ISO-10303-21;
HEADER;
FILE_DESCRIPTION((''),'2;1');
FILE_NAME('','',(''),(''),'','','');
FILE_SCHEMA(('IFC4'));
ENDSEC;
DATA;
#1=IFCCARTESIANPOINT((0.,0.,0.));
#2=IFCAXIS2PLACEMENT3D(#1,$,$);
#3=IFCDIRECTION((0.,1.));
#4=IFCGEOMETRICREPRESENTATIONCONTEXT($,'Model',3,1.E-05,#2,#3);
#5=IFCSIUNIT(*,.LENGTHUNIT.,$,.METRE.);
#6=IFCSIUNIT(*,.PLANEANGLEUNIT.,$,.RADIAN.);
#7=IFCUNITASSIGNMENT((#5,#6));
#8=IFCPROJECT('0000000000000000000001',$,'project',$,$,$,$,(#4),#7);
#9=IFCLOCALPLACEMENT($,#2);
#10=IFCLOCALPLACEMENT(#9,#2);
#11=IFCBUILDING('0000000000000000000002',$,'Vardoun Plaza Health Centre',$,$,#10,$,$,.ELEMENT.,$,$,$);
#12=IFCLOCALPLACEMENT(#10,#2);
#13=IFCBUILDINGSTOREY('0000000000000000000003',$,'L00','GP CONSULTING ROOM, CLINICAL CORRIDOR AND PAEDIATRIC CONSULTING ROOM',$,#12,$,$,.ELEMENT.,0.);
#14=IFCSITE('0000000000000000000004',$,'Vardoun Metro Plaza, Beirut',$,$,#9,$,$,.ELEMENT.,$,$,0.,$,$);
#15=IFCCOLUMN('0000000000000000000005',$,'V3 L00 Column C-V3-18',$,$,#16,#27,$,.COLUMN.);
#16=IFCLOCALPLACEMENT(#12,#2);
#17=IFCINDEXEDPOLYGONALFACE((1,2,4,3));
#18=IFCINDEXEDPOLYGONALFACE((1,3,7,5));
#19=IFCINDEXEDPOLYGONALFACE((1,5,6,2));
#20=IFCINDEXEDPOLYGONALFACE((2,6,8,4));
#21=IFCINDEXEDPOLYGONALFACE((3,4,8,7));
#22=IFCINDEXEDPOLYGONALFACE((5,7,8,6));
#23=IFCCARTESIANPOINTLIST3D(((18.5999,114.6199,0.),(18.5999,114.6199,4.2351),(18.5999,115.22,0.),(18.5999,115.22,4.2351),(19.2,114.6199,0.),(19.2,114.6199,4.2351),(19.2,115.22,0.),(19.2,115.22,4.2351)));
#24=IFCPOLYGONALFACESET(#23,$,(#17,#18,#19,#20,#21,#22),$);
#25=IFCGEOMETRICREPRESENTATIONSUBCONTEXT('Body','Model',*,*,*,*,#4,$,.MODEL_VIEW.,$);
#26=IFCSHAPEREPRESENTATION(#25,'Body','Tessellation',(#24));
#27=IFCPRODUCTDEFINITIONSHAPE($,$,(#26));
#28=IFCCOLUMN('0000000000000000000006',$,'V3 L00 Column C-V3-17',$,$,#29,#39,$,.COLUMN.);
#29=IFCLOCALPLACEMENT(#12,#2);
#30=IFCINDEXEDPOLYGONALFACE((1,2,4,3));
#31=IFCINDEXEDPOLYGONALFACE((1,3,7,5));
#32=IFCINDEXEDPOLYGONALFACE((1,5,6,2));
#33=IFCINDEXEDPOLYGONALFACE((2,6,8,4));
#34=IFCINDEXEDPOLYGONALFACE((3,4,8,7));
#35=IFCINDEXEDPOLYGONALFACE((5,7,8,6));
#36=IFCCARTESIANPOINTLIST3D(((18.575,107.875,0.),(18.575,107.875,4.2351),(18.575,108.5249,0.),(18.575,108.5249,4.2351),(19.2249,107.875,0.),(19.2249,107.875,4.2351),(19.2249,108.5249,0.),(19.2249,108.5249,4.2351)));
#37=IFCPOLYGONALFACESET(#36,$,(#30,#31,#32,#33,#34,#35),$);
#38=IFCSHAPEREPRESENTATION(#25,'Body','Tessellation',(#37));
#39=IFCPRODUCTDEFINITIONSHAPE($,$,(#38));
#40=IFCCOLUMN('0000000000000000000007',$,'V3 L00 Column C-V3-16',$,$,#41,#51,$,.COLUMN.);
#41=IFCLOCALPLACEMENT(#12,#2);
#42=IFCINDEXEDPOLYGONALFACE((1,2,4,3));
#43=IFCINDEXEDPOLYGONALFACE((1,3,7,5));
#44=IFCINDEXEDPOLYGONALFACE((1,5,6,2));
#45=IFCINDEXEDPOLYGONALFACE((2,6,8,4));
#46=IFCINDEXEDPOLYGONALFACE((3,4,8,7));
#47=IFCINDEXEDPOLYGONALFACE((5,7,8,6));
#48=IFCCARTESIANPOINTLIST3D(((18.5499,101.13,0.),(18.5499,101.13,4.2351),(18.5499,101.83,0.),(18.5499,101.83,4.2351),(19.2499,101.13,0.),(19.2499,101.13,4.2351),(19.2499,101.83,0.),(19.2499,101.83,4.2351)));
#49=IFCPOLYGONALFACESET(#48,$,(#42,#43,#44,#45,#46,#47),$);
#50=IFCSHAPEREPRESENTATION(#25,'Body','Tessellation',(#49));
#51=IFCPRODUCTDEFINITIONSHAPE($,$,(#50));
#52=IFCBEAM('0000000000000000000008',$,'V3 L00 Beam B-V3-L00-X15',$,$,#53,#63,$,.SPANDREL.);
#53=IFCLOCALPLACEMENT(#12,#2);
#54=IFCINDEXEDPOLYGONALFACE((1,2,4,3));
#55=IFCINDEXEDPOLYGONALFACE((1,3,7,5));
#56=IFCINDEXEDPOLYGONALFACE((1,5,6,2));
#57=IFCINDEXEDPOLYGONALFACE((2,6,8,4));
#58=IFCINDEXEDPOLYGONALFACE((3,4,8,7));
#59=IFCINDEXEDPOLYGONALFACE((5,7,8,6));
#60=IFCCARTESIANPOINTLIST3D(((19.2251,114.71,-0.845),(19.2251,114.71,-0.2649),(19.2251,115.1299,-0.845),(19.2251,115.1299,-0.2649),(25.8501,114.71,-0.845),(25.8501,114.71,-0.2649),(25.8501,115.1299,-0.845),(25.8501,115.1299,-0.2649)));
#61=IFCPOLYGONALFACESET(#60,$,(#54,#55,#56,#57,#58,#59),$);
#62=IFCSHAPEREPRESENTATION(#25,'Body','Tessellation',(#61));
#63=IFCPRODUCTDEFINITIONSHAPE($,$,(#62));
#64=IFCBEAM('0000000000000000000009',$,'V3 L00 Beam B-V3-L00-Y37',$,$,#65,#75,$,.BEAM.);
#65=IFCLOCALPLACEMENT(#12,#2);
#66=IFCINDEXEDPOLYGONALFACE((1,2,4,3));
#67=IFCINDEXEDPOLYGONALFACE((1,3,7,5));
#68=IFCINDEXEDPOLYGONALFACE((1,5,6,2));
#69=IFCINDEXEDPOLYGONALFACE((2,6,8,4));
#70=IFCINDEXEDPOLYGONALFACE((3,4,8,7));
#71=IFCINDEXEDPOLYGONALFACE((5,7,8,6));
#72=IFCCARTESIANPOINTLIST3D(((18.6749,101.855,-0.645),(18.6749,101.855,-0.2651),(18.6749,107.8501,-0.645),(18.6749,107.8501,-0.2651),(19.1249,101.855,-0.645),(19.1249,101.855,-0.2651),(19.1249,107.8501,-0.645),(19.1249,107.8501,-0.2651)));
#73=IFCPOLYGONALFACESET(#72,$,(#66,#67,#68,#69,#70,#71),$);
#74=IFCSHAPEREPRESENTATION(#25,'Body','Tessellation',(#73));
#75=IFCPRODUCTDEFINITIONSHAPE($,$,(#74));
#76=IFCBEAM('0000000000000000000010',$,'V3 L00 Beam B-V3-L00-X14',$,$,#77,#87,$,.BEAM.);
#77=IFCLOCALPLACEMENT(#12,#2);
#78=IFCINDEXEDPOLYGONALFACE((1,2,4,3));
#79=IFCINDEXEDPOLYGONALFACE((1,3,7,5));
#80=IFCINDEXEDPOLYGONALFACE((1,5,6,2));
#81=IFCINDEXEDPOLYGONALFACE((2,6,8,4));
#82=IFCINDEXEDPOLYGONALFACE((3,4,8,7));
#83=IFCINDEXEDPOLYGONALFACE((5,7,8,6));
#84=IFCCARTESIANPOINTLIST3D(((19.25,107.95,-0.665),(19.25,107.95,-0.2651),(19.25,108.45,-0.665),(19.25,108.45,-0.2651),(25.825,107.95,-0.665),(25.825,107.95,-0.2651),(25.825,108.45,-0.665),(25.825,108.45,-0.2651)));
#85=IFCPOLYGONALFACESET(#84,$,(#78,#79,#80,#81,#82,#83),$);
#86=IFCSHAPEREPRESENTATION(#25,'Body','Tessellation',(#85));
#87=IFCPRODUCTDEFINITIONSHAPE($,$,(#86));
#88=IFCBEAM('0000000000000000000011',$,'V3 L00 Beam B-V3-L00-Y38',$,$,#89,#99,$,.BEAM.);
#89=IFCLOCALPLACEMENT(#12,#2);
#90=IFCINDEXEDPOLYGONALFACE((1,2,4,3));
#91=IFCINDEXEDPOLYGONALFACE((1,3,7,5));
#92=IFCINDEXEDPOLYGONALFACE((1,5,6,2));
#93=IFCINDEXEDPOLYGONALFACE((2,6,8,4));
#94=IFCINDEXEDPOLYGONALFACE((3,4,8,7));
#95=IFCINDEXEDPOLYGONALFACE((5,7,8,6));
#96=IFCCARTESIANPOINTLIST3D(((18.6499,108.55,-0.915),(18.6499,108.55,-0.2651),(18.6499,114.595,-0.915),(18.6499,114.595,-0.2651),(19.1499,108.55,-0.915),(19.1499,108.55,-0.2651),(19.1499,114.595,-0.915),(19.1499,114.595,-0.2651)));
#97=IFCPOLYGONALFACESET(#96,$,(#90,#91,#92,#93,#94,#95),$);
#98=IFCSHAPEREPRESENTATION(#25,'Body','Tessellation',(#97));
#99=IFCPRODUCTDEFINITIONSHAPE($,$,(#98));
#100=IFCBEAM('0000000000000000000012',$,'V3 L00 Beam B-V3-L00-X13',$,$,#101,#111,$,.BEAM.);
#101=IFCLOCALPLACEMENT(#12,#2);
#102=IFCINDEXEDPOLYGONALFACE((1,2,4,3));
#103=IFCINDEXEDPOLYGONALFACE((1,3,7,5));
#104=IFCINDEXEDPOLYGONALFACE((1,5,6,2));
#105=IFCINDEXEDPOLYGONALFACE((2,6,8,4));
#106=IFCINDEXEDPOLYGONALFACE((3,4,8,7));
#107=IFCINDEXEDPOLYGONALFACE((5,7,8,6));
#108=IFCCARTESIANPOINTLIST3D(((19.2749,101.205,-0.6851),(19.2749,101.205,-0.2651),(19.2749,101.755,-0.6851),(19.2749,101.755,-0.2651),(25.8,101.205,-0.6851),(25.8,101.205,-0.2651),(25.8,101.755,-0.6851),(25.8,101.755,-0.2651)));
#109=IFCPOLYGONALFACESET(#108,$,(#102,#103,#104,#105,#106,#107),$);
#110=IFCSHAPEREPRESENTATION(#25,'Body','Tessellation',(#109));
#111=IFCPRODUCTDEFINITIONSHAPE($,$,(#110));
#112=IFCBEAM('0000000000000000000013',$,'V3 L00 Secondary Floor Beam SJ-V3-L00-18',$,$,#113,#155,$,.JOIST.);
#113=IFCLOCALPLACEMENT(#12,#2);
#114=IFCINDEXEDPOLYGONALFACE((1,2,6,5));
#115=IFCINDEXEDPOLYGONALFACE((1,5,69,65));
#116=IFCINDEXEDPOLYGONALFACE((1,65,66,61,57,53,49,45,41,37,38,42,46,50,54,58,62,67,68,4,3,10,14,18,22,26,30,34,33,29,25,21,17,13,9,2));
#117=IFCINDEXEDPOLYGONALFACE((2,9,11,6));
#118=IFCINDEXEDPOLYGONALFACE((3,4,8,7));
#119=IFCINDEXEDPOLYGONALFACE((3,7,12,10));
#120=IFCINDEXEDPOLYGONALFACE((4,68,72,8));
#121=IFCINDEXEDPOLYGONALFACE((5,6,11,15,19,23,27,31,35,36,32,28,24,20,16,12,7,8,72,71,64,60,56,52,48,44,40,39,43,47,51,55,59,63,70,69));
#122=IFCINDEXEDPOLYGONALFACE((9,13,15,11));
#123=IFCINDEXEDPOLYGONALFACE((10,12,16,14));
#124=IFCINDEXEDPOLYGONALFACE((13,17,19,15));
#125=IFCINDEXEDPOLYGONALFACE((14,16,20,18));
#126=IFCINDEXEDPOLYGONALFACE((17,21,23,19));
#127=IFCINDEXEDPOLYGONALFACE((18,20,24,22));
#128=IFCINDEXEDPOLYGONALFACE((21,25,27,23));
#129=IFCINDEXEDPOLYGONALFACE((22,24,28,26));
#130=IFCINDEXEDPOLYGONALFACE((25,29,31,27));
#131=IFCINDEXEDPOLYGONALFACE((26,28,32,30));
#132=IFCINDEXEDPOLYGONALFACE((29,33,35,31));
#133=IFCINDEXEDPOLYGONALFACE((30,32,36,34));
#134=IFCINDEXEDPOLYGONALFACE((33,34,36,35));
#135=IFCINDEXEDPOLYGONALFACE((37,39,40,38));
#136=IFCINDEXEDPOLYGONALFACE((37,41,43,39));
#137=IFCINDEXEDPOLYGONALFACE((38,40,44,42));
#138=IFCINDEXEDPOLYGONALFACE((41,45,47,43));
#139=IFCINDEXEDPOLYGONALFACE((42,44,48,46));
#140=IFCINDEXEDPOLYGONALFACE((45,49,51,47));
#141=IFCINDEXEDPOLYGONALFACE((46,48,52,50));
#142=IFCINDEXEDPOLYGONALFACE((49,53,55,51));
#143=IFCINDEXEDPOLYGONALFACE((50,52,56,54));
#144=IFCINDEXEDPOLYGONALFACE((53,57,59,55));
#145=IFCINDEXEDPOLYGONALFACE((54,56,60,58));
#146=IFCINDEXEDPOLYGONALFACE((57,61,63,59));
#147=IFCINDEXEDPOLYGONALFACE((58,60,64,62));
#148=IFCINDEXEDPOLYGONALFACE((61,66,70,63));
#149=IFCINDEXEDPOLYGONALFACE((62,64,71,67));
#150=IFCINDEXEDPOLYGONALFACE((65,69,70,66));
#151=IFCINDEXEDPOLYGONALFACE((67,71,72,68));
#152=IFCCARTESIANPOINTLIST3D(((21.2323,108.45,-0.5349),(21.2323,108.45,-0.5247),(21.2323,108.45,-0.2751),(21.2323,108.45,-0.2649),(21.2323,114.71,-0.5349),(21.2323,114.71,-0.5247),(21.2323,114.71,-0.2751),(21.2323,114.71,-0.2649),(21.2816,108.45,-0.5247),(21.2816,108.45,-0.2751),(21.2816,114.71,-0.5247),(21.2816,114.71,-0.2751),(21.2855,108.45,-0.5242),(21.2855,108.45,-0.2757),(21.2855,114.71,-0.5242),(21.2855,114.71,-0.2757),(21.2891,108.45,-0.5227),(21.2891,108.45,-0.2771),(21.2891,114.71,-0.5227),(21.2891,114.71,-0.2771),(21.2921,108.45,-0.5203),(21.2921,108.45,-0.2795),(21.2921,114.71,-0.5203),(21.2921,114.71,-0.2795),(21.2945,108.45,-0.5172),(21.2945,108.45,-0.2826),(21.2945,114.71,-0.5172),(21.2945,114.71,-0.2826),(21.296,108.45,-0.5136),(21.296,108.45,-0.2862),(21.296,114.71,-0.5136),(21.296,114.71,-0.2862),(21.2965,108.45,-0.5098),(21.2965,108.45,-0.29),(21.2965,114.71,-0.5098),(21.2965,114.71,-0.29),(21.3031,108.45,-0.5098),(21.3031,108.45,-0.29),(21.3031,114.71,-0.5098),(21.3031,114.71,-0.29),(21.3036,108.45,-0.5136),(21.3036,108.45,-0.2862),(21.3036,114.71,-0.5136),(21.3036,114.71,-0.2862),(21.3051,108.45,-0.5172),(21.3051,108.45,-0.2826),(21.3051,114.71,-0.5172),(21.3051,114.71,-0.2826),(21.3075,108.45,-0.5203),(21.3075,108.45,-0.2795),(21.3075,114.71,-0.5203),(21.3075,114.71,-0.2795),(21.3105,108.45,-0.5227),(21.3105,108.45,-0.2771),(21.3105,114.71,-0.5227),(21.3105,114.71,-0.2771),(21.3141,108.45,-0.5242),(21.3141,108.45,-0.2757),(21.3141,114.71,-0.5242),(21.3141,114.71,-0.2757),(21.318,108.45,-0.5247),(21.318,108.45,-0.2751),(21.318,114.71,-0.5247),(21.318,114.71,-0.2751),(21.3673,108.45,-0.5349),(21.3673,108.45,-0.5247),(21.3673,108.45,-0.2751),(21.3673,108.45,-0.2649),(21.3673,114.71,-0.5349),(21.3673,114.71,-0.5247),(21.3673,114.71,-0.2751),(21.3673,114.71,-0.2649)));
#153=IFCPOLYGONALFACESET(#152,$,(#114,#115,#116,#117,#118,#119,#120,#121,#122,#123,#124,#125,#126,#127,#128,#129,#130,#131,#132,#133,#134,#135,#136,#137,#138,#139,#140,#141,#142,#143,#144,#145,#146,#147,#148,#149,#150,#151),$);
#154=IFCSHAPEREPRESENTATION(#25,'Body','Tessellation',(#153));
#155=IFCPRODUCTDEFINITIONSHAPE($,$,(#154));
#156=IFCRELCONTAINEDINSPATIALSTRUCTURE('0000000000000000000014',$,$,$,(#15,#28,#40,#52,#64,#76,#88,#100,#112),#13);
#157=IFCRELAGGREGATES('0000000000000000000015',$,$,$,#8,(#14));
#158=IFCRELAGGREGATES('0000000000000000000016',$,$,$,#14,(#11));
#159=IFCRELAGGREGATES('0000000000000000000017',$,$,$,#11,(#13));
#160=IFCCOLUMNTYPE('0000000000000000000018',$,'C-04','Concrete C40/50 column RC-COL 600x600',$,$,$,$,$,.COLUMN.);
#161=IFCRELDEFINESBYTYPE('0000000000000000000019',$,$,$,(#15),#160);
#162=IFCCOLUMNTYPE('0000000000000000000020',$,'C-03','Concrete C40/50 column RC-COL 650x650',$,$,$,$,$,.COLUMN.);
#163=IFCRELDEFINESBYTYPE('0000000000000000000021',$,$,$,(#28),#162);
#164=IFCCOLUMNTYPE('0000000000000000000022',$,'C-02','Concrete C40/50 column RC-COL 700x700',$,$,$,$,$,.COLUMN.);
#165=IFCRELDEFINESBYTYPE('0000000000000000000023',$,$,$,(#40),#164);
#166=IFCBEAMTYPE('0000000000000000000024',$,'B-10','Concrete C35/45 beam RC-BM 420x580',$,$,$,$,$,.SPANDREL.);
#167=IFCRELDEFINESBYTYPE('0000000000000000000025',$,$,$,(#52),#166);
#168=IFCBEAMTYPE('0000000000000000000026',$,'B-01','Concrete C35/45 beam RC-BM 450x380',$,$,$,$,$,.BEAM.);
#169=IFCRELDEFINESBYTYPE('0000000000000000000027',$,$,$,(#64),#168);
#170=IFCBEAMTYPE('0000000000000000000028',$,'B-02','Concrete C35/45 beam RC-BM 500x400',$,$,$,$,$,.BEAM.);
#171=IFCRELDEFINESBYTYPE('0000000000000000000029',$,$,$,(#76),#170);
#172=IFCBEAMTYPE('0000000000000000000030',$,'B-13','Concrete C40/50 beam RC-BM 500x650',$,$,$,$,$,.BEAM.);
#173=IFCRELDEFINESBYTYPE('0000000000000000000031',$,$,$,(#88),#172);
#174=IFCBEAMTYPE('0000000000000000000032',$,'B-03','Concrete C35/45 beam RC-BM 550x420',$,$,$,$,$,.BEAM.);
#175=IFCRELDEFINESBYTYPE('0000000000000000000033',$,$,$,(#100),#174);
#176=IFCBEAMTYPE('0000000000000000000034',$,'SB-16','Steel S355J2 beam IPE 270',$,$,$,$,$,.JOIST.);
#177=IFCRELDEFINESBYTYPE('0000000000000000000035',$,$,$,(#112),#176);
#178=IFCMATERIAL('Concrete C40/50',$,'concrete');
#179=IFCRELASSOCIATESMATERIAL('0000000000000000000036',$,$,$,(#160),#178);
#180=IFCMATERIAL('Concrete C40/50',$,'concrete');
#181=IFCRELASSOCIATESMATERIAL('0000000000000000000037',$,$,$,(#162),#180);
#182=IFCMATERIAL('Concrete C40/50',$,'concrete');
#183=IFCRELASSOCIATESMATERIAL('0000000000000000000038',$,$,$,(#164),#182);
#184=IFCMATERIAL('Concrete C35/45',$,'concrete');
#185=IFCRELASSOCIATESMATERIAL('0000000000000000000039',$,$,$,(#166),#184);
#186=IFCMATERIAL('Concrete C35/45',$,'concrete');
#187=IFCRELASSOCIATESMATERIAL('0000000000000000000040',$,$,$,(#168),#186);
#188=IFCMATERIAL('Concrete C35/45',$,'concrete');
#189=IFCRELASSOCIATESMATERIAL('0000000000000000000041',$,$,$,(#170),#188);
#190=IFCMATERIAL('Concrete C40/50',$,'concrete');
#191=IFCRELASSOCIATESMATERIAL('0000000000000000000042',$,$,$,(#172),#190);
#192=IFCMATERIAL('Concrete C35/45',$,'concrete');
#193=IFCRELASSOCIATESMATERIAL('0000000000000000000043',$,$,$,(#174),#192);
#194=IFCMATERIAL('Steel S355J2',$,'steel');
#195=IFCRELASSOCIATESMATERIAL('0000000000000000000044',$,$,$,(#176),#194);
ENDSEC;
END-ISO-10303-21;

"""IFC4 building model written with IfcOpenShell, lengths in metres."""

from ifc_helpers import new_model, si_unit, direction, frame, origin, origin_2d, place, context, subcontext, project, spatial, rectangle, i_section, extrude, material, material_profile, profile_set, type_object, element, save


model = new_model("IFC4")

# Units and contexts
model_context = context("Model", 3, precision=1e-05, world=origin(), true_north=direction((0.0, 1.0)))
body_context = subcontext(model_context, "Body", "Model", "MODEL_VIEW")
ifc_project = project(units=[si_unit("LENGTHUNIT", "METRE"), si_unit("PLANEANGLEUNIT", "RADIAN")], contexts=[model_context])

# Site, building, storey
site_placement = place(None, origin())
site = spatial("IfcSite", under=ifc_project, at=site_placement, Name="Vardoun Metro Plaza, Beirut", CompositionType="ELEMENT", RefElevation=0.0)
building_placement = place(site_placement, origin())
building = spatial("IfcBuilding", under=site, at=building_placement, Name="Vardoun Plaza Health Centre", CompositionType="ELEMENT")
storey_placement = place(building_placement, origin())
storey = spatial("IfcBuildingStorey", under=building, at=storey_placement, Name="L00", Description="GP CONSULTING ROOM, CLINICAL CORRIDOR AND PAEDIATRIC CONSULTING ROOM", CompositionType="ELEMENT", Elevation=0.0)

# Columns
ifc_material_1 = material(Name="Concrete C40/50", Category="concrete")
ifc_material_profile_1 = material_profile(ifc_material_1, rectangle(XDim=0.6001, YDim=0.6001, at=origin_2d()), Name="RC-COL 600x600")
ifc_profile_set_1 = profile_set([ifc_material_profile_1], Name="Concrete C40/50")
column_type_1 = type_object("IfcColumnType", Name="C-04", Description="Concrete C40/50 column RC-COL 600x600", PredefinedType="COLUMN", material=ifc_profile_set_1)
column_1_placement = place(storey_placement, frame((18.8999, 114.9199, 0.0), z_axis=(0.0, 0.0, 1.0), x_axis=(1.0, 0.0, 0.0)))
element("IfcColumn", 1, at=column_1_placement, inside=storey, type_object=column_type_1, Name="V3 L00 Column C-V3-18", PredefinedType="COLUMN", context=body_context, shape_type="SweptSolid", body=[
    extrude(rectangle(XDim=0.6001, YDim=0.6001, at=origin_2d()), origin(), (0.0, 0.0, 1.0), 4.2351),
])
ifc_material_2 = material(Name="Concrete C40/50", Category="concrete")
ifc_material_profile_2 = material_profile(ifc_material_2, rectangle(XDim=0.6499, YDim=0.6499, at=origin_2d()), Name="RC-COL 650x650")
ifc_profile_set_2 = profile_set([ifc_material_profile_2], Name="Concrete C40/50")
column_type_2 = type_object("IfcColumnType", Name="C-03", Description="Concrete C40/50 column RC-COL 650x650", PredefinedType="COLUMN", material=ifc_profile_set_2)
column_2_placement = place(storey_placement, frame((18.8999, 108.2, 0.0), z_axis=(0.0, 0.0, 1.0), x_axis=(1.0, 0.0, 0.0)))
element("IfcColumn", 2, at=column_2_placement, inside=storey, type_object=column_type_2, Name="V3 L00 Column C-V3-17", PredefinedType="COLUMN", context=body_context, shape_type="SweptSolid", body=[
    extrude(rectangle(XDim=0.6499, YDim=0.6499, at=origin_2d()), origin(), (0.0, 0.0, 1.0), 4.2351),
])
ifc_material_3 = material(Name="Concrete C40/50", Category="concrete")
ifc_material_profile_3 = material_profile(ifc_material_3, rectangle(XDim=0.7, YDim=0.7, at=origin_2d()), Name="RC-COL 700x700")
ifc_profile_set_3 = profile_set([ifc_material_profile_3], Name="Concrete C40/50")
column_type_3 = type_object("IfcColumnType", Name="C-02", Description="Concrete C40/50 column RC-COL 700x700", PredefinedType="COLUMN", material=ifc_profile_set_3)
column_3_placement = place(storey_placement, frame((18.8999, 101.48, 0.0), z_axis=(0.0, 0.0, 1.0), x_axis=(1.0, 0.0, 0.0)))
element("IfcColumn", 3, at=column_3_placement, inside=storey, type_object=column_type_3, Name="V3 L00 Column C-V3-16", PredefinedType="COLUMN", context=body_context, shape_type="SweptSolid", body=[
    extrude(rectangle(XDim=0.7, YDim=0.7, at=origin_2d()), origin(), (0.0, 0.0, 1.0), 4.2351),
])

# Beams
ifc_material_4 = material(Name="Concrete C35/45", Category="concrete")
ifc_material_profile_4 = material_profile(ifc_material_4, rectangle(XDim=0.4199, YDim=0.5801, at=origin_2d()), Name="RC-BM 420x580")
ifc_profile_set_4 = profile_set([ifc_material_profile_4], Name="Concrete C35/45")
beam_type_1 = type_object("IfcBeamType", Name="B-10", Description="Concrete C35/45 beam RC-BM 420x580", PredefinedType="SPANDREL", material=ifc_profile_set_4)
beam_1_placement = place(storey_placement, frame((19.2251, 114.9199, -0.5549), z_axis=(1.0, 0.0, 0.0), x_axis=(0.0, 1.0, 0.0)))
element("IfcBeam", 4, at=beam_1_placement, inside=storey, type_object=beam_type_1, Name="V3 L00 Beam B-V3-L00-X15", PredefinedType="SPANDREL", context=body_context, shape_type="SweptSolid", body=[
    extrude(rectangle(XDim=0.4199, YDim=0.5801, at=origin_2d()), origin(), (0.0, 0.0, 1.0), 6.625),
])
ifc_material_5 = material(Name="Concrete C35/45", Category="concrete")
ifc_material_profile_5 = material_profile(ifc_material_5, rectangle(XDim=0.45, YDim=0.3799, at=origin_2d()), Name="RC-BM 450x380")
ifc_profile_set_5 = profile_set([ifc_material_profile_5], Name="Concrete C35/45")
beam_type_2 = type_object("IfcBeamType", Name="B-01", Description="Concrete C35/45 beam RC-BM 450x380", PredefinedType="BEAM", material=ifc_profile_set_5)
beam_2_placement = place(storey_placement, frame((18.8999, 101.855, -0.4551), z_axis=(0.0, 1.0, 0.0), x_axis=(-1.0, 0.0, 0.0)))
element("IfcBeam", 5, at=beam_2_placement, inside=storey, type_object=beam_type_2, Name="V3 L00 Beam B-V3-L00-Y37", PredefinedType="BEAM", context=body_context, shape_type="SweptSolid", body=[
    extrude(rectangle(XDim=0.45, YDim=0.3799, at=origin_2d()), origin(), (0.0, 0.0, 1.0), 5.9951),
])
ifc_material_6 = material(Name="Concrete C35/45", Category="concrete")
ifc_material_profile_6 = material_profile(ifc_material_6, rectangle(XDim=0.5, YDim=0.3999, at=origin_2d()), Name="RC-BM 500x400")
ifc_profile_set_6 = profile_set([ifc_material_profile_6], Name="Concrete C35/45")
beam_type_3 = type_object("IfcBeamType", Name="B-02", Description="Concrete C35/45 beam RC-BM 500x400", PredefinedType="BEAM", material=ifc_profile_set_6)
beam_3_placement = place(storey_placement, frame((19.25, 108.2, -0.4651), z_axis=(1.0, 0.0, 0.0), x_axis=(0.0, 1.0, 0.0)))
element("IfcBeam", 6, at=beam_3_placement, inside=storey, type_object=beam_type_3, Name="V3 L00 Beam B-V3-L00-X14", PredefinedType="BEAM", context=body_context, shape_type="SweptSolid", body=[
    extrude(rectangle(XDim=0.5, YDim=0.3999, at=origin_2d()), origin(), (0.0, 0.0, 1.0), 6.575),
])
ifc_material_7 = material(Name="Concrete C40/50", Category="concrete")
ifc_material_profile_7 = material_profile(ifc_material_7, rectangle(XDim=0.5, YDim=0.6499, at=origin_2d()), Name="RC-BM 500x650")
ifc_profile_set_7 = profile_set([ifc_material_profile_7], Name="Concrete C40/50")
beam_type_4 = type_object("IfcBeamType", Name="B-13", Description="Concrete C40/50 beam RC-BM 500x650", PredefinedType="BEAM", material=ifc_profile_set_7)
beam_4_placement = place(storey_placement, frame((18.8999, 108.55, -0.5901), z_axis=(0.0, 1.0, 0.0), x_axis=(-1.0, 0.0, 0.0)))
element("IfcBeam", 7, at=beam_4_placement, inside=storey, type_object=beam_type_4, Name="V3 L00 Beam B-V3-L00-Y38", PredefinedType="BEAM", context=body_context, shape_type="SweptSolid", body=[
    extrude(rectangle(XDim=0.5, YDim=0.6499, at=origin_2d()), origin(), (0.0, 0.0, 1.0), 6.0449),
])
ifc_material_8 = material(Name="Concrete C35/45", Category="concrete")
ifc_material_profile_8 = material_profile(ifc_material_8, rectangle(XDim=0.55, YDim=0.4199, at=origin_2d()), Name="RC-BM 550x420")
ifc_profile_set_8 = profile_set([ifc_material_profile_8], Name="Concrete C35/45")
beam_type_5 = type_object("IfcBeamType", Name="B-03", Description="Concrete C35/45 beam RC-BM 550x420", PredefinedType="BEAM", material=ifc_profile_set_8)
beam_5_placement = place(storey_placement, frame((19.2749, 101.48, -0.4751), z_axis=(1.0, 0.0, 0.0), x_axis=(0.0, 1.0, 0.0)))
element("IfcBeam", 8, at=beam_5_placement, inside=storey, type_object=beam_type_5, Name="V3 L00 Beam B-V3-L00-X13", PredefinedType="BEAM", context=body_context, shape_type="SweptSolid", body=[
    extrude(rectangle(XDim=0.55, YDim=0.4199, at=origin_2d()), origin(), (0.0, 0.0, 1.0), 6.5251),
])
ifc_material_9 = material(Name="Steel S355J2", Category="steel")
ifc_material_profile_9 = material_profile(ifc_material_9, i_section(OverallWidth=0.135, OverallDepth=0.27, WebThickness=0.0066, FlangeThickness=0.0103, FilletRadius=0.0149, at=origin_2d()), Name="IPE 270")
ifc_profile_set_9 = profile_set([ifc_material_profile_9], Name="Steel S355J2")
beam_type_6 = type_object("IfcBeamType", Name="SB-16", Description="Steel S355J2 beam IPE 270", PredefinedType="JOIST", material=ifc_profile_set_9)
beam_6_placement = place(storey_placement, frame((21.2998, 108.45, -0.3999), z_axis=(0.0, 1.0, 0.0), x_axis=(-1.0, 0.0, 0.0)))
element("IfcBeam", 9, at=beam_6_placement, inside=storey, type_object=beam_type_6, Name="V3 L00 Secondary Floor Beam SJ-V3-L00-18", PredefinedType="JOIST", context=body_context, shape_type="SweptSolid", body=[
    extrude(i_section(OverallWidth=0.135, OverallDepth=0.27, WebThickness=0.0066, FlangeThickness=0.0103, FilletRadius=0.0149, at=origin_2d()), origin(), (0.0, 0.0, 1.0), 6.26),
])

save(model, "model.ifc")
